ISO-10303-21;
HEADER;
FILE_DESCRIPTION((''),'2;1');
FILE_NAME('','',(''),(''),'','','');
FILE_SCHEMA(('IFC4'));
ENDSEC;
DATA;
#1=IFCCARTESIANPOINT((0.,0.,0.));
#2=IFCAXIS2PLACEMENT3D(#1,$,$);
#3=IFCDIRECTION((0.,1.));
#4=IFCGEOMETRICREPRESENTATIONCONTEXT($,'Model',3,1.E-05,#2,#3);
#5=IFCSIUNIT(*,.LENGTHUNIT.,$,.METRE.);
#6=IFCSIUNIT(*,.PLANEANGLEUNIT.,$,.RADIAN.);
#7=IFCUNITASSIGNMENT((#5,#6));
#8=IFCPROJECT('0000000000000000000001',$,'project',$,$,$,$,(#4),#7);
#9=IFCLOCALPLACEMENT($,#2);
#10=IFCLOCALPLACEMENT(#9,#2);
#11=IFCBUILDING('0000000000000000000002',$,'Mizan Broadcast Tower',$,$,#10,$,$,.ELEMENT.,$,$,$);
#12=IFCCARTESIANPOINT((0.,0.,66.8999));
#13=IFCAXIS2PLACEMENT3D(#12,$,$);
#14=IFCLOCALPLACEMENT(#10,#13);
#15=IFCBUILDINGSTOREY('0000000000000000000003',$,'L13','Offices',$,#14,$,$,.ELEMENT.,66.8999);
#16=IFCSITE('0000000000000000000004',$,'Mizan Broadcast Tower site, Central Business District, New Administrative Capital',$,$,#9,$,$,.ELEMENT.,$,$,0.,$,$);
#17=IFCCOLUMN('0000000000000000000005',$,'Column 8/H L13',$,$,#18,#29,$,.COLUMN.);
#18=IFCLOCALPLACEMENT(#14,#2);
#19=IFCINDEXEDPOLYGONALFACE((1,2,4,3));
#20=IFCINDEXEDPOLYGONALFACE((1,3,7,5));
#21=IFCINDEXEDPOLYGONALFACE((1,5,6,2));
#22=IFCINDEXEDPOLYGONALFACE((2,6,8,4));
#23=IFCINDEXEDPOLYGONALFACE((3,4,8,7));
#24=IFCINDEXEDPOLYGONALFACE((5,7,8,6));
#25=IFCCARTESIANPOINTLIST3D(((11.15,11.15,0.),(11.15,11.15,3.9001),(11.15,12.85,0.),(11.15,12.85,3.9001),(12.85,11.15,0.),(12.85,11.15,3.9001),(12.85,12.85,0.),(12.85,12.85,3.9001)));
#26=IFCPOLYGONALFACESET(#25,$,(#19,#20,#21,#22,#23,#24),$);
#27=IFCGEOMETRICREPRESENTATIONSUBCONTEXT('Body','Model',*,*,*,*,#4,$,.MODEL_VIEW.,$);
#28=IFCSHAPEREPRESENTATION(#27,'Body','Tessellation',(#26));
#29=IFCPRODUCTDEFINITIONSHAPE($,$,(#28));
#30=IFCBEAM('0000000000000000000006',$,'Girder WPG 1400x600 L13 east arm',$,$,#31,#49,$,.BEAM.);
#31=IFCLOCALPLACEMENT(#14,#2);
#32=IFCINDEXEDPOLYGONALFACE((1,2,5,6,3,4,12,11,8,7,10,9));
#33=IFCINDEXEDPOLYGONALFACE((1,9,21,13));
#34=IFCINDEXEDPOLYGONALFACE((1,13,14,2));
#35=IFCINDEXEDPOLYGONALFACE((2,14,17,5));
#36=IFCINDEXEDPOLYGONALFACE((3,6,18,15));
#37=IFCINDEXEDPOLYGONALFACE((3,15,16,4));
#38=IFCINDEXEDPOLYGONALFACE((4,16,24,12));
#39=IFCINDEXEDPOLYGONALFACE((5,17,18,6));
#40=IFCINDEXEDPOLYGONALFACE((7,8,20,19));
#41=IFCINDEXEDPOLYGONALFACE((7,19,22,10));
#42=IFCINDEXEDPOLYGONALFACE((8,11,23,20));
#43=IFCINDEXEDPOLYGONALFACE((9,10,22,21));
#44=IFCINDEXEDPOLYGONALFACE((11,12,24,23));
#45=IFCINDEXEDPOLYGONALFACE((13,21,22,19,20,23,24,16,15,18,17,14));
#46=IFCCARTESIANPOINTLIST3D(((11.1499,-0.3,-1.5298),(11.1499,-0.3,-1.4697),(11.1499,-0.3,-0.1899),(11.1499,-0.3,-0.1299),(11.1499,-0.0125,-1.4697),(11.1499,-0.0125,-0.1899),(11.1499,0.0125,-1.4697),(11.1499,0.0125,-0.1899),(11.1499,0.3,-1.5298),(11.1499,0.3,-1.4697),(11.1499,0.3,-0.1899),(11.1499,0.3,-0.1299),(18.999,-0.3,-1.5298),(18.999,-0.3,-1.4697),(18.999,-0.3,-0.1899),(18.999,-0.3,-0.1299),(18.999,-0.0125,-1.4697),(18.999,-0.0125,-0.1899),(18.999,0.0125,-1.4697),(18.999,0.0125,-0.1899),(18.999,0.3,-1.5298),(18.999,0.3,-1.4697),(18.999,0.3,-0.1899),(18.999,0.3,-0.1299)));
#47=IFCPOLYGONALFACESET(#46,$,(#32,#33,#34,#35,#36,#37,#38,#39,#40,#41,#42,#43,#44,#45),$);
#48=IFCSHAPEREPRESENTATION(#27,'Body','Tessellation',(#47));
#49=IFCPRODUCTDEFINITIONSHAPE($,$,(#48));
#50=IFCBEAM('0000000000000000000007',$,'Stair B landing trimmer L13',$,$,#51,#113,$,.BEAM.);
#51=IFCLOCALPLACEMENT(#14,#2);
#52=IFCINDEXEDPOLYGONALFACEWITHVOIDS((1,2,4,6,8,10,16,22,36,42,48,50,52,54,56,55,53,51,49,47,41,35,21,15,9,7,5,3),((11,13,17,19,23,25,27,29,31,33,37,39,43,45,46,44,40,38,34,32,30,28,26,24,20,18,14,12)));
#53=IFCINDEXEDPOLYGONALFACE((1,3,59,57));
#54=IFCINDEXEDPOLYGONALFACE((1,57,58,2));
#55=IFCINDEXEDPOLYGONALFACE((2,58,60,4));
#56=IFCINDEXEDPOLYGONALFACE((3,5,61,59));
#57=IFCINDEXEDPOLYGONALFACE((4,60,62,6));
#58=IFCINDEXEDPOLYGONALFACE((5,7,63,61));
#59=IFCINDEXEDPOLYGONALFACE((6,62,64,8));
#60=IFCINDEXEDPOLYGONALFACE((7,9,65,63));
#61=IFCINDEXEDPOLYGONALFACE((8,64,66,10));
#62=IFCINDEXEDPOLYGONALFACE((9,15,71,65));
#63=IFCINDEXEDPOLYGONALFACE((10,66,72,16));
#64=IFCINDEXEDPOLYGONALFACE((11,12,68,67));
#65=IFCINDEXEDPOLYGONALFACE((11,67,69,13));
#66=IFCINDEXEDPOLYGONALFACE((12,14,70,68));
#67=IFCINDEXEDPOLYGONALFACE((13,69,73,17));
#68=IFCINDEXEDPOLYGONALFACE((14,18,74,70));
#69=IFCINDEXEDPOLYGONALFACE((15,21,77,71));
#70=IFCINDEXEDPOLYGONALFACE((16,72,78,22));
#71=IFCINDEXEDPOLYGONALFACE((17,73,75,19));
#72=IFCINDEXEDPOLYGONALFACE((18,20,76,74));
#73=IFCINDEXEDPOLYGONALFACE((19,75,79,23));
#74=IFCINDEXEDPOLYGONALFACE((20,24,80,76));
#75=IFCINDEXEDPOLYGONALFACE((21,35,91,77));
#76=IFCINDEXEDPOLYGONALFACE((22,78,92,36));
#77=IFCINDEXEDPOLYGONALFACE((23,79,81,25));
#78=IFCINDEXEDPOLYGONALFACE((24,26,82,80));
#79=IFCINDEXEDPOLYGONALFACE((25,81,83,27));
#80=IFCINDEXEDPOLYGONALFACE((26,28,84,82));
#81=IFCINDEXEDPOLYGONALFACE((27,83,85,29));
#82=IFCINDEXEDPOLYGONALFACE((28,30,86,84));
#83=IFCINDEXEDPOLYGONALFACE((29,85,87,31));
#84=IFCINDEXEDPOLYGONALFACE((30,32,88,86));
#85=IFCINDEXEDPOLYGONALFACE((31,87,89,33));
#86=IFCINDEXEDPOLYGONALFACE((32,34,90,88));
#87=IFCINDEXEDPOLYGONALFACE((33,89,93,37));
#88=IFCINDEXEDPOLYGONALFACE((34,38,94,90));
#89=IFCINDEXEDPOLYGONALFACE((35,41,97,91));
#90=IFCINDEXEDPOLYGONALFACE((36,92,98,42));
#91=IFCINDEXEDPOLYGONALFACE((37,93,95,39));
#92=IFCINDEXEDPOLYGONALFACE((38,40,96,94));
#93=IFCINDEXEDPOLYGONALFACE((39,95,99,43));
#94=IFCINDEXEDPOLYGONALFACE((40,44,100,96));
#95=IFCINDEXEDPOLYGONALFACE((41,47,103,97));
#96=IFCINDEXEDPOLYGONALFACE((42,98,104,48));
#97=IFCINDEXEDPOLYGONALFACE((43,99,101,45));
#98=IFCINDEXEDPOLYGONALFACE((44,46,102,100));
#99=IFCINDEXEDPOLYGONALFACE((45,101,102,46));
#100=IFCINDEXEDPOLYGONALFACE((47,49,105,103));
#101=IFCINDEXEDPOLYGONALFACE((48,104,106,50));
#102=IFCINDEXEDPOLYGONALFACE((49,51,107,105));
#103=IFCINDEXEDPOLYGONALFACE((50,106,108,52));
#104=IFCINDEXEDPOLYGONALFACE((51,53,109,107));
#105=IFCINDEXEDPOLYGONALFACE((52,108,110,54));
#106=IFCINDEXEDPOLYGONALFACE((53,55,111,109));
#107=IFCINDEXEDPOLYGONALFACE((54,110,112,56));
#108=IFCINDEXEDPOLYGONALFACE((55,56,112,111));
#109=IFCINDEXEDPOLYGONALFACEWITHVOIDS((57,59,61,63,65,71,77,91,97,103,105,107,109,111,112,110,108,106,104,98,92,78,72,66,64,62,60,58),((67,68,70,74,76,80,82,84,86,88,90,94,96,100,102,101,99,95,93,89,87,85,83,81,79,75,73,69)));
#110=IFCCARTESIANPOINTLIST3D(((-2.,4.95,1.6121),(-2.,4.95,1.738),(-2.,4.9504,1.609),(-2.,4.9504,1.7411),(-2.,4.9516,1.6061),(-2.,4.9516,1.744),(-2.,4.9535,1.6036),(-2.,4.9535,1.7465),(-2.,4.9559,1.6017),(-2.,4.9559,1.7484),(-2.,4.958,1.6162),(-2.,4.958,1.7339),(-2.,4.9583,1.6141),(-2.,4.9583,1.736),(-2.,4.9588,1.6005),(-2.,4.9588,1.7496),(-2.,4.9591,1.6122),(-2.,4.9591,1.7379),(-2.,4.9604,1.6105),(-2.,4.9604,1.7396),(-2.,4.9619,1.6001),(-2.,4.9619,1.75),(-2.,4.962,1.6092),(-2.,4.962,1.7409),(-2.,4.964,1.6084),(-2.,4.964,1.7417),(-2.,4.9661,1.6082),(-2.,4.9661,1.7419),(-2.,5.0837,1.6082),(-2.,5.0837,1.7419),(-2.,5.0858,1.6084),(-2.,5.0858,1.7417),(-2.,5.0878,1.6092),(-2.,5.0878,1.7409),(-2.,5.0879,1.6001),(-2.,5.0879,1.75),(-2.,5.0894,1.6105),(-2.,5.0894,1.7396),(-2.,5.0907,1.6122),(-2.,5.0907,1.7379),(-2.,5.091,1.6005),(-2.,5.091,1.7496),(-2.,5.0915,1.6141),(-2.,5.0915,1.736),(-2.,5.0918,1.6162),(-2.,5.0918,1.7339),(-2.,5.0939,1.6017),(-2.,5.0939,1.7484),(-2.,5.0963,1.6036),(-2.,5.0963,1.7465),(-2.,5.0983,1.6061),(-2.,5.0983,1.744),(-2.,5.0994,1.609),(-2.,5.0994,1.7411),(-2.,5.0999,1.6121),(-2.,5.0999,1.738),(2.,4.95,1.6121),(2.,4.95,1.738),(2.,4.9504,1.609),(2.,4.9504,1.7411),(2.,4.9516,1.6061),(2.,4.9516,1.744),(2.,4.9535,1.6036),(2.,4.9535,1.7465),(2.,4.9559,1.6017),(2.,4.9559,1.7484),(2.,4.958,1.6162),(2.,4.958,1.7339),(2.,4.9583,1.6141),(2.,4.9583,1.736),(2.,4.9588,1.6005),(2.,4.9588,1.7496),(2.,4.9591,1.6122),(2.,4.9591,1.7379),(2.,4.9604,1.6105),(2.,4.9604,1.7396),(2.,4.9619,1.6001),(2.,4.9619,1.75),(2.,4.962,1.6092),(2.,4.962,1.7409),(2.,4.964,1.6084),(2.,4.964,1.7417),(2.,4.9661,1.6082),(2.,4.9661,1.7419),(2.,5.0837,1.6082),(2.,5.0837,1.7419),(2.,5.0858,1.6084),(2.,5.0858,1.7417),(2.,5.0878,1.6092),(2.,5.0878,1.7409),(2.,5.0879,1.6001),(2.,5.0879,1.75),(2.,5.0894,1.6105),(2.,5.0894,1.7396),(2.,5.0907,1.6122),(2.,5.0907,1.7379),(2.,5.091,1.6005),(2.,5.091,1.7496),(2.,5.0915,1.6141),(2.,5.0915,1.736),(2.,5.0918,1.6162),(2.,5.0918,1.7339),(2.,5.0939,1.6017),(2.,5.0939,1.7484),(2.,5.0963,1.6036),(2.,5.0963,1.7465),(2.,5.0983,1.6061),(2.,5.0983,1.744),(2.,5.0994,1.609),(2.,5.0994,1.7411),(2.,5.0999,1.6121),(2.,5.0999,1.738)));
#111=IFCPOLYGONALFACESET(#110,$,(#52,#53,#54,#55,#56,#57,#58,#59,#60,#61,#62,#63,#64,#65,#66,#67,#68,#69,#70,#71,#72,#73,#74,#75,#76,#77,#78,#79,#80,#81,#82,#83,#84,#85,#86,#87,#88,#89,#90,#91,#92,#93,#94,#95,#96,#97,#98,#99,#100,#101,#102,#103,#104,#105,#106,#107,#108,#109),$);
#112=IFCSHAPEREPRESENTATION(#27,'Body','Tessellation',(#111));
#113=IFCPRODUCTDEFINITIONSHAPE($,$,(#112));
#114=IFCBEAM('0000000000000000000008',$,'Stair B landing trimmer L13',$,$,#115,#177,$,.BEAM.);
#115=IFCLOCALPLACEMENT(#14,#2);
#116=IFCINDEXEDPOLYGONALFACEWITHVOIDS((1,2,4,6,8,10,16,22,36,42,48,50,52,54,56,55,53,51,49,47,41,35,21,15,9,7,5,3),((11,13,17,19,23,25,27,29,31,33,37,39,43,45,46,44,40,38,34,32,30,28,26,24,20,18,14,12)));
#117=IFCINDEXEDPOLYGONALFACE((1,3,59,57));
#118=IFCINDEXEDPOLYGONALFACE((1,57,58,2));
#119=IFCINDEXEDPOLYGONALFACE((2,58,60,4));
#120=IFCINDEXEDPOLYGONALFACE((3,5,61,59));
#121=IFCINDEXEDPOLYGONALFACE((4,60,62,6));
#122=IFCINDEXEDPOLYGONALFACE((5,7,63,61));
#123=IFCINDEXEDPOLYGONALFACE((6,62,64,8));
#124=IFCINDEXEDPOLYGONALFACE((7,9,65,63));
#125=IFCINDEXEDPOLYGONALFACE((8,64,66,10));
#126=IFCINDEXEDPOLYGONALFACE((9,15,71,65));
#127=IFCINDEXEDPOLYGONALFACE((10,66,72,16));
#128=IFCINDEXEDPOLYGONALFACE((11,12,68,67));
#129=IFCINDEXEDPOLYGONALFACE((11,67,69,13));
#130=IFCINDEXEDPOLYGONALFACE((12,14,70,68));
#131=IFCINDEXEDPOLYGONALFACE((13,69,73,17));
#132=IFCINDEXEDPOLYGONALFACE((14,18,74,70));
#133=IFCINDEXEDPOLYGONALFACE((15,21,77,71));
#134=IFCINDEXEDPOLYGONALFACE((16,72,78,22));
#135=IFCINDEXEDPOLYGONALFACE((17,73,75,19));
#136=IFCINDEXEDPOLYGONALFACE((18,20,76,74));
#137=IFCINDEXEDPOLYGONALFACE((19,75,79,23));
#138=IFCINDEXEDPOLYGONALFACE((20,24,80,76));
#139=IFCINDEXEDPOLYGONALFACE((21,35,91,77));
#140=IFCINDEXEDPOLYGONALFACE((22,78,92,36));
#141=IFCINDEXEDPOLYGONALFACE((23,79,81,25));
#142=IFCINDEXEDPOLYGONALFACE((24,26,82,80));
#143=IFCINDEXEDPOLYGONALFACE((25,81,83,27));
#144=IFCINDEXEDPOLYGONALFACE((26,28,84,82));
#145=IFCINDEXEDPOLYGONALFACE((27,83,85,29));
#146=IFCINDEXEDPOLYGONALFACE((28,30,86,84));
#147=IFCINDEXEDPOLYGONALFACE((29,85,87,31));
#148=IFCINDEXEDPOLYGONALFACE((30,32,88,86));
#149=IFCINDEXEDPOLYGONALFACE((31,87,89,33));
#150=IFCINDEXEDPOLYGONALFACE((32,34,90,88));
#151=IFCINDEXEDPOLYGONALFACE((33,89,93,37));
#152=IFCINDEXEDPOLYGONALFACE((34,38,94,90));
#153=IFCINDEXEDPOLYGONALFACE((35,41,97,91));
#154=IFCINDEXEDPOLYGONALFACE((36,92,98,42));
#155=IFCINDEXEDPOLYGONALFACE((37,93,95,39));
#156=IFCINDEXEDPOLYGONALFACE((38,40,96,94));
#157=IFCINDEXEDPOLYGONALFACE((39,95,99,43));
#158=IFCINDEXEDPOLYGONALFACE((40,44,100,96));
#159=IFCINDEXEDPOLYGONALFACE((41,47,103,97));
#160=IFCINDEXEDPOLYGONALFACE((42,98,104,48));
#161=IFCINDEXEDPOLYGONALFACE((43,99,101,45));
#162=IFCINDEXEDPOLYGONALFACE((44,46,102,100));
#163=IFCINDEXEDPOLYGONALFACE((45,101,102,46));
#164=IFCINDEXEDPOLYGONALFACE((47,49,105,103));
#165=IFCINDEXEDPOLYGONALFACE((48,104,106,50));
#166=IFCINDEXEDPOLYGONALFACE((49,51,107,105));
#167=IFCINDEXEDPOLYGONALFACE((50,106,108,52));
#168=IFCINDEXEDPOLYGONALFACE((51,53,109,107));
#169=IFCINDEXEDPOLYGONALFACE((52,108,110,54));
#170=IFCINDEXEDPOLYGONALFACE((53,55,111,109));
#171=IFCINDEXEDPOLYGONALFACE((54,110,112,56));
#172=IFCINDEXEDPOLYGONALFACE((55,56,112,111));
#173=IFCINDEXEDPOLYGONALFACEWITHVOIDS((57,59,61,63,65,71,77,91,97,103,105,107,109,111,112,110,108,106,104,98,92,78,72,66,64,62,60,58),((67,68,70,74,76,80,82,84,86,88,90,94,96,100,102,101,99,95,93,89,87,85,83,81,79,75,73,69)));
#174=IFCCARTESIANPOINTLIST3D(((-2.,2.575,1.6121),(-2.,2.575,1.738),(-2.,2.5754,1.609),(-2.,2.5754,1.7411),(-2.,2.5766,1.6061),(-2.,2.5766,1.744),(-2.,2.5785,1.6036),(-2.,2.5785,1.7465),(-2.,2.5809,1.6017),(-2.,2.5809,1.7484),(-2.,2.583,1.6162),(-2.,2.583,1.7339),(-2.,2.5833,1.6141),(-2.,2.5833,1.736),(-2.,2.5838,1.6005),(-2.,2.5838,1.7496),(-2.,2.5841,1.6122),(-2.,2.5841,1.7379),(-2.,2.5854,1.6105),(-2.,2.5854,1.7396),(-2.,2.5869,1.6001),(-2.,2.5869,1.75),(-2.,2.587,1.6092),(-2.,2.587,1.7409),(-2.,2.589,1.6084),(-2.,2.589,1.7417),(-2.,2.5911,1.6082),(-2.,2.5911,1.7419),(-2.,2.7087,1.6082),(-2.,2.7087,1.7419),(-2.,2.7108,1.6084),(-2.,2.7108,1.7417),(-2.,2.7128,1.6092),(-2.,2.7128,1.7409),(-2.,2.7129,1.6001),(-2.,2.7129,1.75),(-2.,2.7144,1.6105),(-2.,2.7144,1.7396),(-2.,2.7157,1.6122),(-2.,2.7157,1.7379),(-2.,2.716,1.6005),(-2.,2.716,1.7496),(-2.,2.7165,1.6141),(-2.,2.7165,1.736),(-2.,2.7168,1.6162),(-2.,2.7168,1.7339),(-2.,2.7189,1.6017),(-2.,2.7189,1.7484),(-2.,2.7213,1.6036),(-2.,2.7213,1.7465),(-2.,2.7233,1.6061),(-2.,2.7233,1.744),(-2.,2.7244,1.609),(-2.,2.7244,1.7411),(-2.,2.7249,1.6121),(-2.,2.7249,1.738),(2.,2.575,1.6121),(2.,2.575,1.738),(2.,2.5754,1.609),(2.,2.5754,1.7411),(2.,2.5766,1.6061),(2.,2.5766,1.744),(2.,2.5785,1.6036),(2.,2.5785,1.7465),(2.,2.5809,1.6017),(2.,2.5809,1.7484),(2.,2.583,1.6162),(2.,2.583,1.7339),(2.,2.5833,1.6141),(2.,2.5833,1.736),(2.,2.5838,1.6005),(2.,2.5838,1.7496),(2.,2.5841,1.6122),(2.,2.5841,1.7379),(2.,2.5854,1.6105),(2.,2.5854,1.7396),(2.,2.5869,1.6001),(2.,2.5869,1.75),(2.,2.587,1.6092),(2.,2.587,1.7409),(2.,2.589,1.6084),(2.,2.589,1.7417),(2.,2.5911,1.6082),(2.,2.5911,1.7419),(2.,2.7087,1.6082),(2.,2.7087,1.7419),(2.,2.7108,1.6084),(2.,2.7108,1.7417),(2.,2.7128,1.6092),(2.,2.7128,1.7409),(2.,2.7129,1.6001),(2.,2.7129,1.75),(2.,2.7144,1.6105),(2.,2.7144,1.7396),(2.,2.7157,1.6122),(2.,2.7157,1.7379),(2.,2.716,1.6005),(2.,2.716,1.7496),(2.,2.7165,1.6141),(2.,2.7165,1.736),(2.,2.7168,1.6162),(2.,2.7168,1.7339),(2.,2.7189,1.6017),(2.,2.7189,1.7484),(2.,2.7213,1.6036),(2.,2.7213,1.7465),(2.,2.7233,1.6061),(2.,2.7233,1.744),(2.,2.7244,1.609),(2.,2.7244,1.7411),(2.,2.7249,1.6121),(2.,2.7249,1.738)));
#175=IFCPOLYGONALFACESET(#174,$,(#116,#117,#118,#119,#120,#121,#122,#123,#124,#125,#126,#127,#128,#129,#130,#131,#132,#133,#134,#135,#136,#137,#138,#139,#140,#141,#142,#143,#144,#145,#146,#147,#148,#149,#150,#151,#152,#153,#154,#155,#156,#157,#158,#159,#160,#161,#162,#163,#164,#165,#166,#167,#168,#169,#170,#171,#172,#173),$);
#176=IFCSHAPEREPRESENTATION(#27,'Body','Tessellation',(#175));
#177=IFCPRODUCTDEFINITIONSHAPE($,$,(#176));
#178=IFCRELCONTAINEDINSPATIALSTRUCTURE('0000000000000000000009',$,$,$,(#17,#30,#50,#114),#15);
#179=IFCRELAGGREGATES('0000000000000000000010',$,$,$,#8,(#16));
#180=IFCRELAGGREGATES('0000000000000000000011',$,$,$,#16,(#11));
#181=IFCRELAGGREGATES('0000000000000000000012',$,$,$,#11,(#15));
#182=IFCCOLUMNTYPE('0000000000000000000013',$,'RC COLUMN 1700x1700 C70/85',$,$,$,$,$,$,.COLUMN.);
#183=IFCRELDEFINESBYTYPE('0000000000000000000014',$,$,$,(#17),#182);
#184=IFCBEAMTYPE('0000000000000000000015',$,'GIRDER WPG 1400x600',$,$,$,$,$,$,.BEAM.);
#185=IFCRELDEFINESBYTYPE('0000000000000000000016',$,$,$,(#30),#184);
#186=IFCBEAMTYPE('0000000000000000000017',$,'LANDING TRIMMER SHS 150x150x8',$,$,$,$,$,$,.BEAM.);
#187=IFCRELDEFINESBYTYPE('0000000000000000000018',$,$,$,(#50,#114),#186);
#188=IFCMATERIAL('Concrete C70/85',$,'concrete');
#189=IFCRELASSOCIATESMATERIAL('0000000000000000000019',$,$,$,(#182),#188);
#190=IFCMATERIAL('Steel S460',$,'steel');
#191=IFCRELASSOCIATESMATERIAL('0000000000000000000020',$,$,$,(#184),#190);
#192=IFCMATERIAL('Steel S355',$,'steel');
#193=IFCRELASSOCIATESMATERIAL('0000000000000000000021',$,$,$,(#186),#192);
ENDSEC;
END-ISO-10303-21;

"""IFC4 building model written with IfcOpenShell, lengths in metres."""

from ifc_helpers import new_model, si_unit, direction, frame, origin, origin_2d, place, context, subcontext, project, spatial, rectangle, hollow_rectangle, i_section, extrude, material, material_profile, profile_set, type_object, element, save


model = new_model("IFC4")

# Units and contexts
model_context = context("Model", 3, precision=1e-05, world=origin(), true_north=direction((0.0, 1.0)))
body_context = subcontext(model_context, "Body", "Model", "MODEL_VIEW")
ifc_project = project(units=[si_unit("LENGTHUNIT", "METRE"), si_unit("PLANEANGLEUNIT", "RADIAN")], contexts=[model_context])

# Site, building, storey
site_placement = place(None, origin())
site = spatial("IfcSite", under=ifc_project, at=site_placement, Name="Mizan Broadcast Tower site, Central Business District, New Administrative Capital", CompositionType="ELEMENT", RefElevation=0.0)
building_placement = place(site_placement, origin())
building = spatial("IfcBuilding", under=site, at=building_placement, Name="Mizan Broadcast Tower", CompositionType="ELEMENT")
storey_placement = place(building_placement, frame((0.0, 0.0, 66.8999)))
storey = spatial("IfcBuildingStorey", under=building, at=storey_placement, Name="L13", Description="Offices", CompositionType="ELEMENT", Elevation=66.8999)

# Column
ifc_material_1 = material(Name="Concrete C70/85", Category="concrete")
ifc_material_profile_1 = material_profile(ifc_material_1, rectangle(XDim=1.7, YDim=1.7, at=origin_2d()), Name="RC 1700x1700")
ifc_profile_set_1 = profile_set([ifc_material_profile_1], Name="Concrete C70/85")
column_type = type_object("IfcColumnType", Name="RC COLUMN 1700x1700 C70/85", PredefinedType="COLUMN", material=ifc_profile_set_1)
column_placement = place(storey_placement, frame((12.0, 12.0, 0.0), z_axis=(0.0, 0.0, 1.0), x_axis=(1.0, 0.0, 0.0)))
element("IfcColumn", 1, at=column_placement, inside=storey, type_object=column_type, Name="Column 8/H L13", PredefinedType="COLUMN", context=body_context, shape_type="SweptSolid", body=[
    extrude(rectangle(XDim=1.7, YDim=1.7, at=origin_2d()), origin(), (0.0, 0.0, 1.0), 3.9001),
])

# Beams
ifc_material_2 = material(Name="Steel S460", Category="steel")
ifc_material_profile_2 = material_profile(ifc_material_2, i_section(OverallWidth=0.6001, OverallDepth=1.3999, WebThickness=0.0249, FlangeThickness=0.0601, at=origin_2d()), Name="WPG 1400x600")
ifc_profile_set_2 = profile_set([ifc_material_profile_2], Name="Steel S460")
beam_type_1 = type_object("IfcBeamType", Name="GIRDER WPG 1400x600", PredefinedType="BEAM", material=ifc_profile_set_2)
beam_placement = place(storey_placement, frame((11.1499, 0.0, -0.8298), z_axis=(1.0, 0.0, 0.0), x_axis=(0.0, 1.0, 0.0)))
element("IfcBeam", 2, at=beam_placement, inside=storey, type_object=beam_type_1, Name="Girder WPG 1400x600 L13 east arm", PredefinedType="BEAM", context=body_context, shape_type="SweptSolid", body=[
    extrude(i_section(OverallWidth=0.6001, OverallDepth=1.3999, WebThickness=0.0249, FlangeThickness=0.0601, at=origin_2d()), origin(), (0.0, 0.0, 1.0), 7.8491),
])
ifc_material_3 = material(Name="Steel S355", Category="steel")
ifc_material_profile_3 = material_profile(ifc_material_3, hollow_rectangle(XDim=0.1499, YDim=0.1499, WallThickness=0.0081, InnerFilletRadius=0.0081, OuterFilletRadius=0.012, at=origin_2d()), Name="SHS 150x150x8")
ifc_profile_set_3 = profile_set([ifc_material_profile_3], Name="Steel S355")
beam_type_2 = type_object("IfcBeamType", Name="LANDING TRIMMER SHS 150x150x8", PredefinedType="BEAM", material=ifc_profile_set_3)
for number, where, z_axis, x_axis, name in (
    (3, (2.0, 5.0249, 1.675), (-1.0, 0.0, 0.0), (0.0, -1.0, 0.0), "Stair B landing trimmer L13"),
    (4, (2.0, 2.6499, 1.675), (-1.0, 0.0, 0.0), (0.0, -1.0, 0.0), "Stair B landing trimmer L13"),
):
    element("IfcBeam", number, at=place(storey_placement, frame(where, z_axis=z_axis, x_axis=x_axis)), inside=storey, type_object=beam_type_2, Name=name, PredefinedType="BEAM", context=body_context, shape_type="SweptSolid", body=[
        extrude(hollow_rectangle(XDim=0.1499, YDim=0.1499, WallThickness=0.0081, InnerFilletRadius=0.0081, OuterFilletRadius=0.012, at=origin_2d()), origin(), (0.0, 0.0, 1.0), 4.0),
    ])

save(model, "model.ifc")
